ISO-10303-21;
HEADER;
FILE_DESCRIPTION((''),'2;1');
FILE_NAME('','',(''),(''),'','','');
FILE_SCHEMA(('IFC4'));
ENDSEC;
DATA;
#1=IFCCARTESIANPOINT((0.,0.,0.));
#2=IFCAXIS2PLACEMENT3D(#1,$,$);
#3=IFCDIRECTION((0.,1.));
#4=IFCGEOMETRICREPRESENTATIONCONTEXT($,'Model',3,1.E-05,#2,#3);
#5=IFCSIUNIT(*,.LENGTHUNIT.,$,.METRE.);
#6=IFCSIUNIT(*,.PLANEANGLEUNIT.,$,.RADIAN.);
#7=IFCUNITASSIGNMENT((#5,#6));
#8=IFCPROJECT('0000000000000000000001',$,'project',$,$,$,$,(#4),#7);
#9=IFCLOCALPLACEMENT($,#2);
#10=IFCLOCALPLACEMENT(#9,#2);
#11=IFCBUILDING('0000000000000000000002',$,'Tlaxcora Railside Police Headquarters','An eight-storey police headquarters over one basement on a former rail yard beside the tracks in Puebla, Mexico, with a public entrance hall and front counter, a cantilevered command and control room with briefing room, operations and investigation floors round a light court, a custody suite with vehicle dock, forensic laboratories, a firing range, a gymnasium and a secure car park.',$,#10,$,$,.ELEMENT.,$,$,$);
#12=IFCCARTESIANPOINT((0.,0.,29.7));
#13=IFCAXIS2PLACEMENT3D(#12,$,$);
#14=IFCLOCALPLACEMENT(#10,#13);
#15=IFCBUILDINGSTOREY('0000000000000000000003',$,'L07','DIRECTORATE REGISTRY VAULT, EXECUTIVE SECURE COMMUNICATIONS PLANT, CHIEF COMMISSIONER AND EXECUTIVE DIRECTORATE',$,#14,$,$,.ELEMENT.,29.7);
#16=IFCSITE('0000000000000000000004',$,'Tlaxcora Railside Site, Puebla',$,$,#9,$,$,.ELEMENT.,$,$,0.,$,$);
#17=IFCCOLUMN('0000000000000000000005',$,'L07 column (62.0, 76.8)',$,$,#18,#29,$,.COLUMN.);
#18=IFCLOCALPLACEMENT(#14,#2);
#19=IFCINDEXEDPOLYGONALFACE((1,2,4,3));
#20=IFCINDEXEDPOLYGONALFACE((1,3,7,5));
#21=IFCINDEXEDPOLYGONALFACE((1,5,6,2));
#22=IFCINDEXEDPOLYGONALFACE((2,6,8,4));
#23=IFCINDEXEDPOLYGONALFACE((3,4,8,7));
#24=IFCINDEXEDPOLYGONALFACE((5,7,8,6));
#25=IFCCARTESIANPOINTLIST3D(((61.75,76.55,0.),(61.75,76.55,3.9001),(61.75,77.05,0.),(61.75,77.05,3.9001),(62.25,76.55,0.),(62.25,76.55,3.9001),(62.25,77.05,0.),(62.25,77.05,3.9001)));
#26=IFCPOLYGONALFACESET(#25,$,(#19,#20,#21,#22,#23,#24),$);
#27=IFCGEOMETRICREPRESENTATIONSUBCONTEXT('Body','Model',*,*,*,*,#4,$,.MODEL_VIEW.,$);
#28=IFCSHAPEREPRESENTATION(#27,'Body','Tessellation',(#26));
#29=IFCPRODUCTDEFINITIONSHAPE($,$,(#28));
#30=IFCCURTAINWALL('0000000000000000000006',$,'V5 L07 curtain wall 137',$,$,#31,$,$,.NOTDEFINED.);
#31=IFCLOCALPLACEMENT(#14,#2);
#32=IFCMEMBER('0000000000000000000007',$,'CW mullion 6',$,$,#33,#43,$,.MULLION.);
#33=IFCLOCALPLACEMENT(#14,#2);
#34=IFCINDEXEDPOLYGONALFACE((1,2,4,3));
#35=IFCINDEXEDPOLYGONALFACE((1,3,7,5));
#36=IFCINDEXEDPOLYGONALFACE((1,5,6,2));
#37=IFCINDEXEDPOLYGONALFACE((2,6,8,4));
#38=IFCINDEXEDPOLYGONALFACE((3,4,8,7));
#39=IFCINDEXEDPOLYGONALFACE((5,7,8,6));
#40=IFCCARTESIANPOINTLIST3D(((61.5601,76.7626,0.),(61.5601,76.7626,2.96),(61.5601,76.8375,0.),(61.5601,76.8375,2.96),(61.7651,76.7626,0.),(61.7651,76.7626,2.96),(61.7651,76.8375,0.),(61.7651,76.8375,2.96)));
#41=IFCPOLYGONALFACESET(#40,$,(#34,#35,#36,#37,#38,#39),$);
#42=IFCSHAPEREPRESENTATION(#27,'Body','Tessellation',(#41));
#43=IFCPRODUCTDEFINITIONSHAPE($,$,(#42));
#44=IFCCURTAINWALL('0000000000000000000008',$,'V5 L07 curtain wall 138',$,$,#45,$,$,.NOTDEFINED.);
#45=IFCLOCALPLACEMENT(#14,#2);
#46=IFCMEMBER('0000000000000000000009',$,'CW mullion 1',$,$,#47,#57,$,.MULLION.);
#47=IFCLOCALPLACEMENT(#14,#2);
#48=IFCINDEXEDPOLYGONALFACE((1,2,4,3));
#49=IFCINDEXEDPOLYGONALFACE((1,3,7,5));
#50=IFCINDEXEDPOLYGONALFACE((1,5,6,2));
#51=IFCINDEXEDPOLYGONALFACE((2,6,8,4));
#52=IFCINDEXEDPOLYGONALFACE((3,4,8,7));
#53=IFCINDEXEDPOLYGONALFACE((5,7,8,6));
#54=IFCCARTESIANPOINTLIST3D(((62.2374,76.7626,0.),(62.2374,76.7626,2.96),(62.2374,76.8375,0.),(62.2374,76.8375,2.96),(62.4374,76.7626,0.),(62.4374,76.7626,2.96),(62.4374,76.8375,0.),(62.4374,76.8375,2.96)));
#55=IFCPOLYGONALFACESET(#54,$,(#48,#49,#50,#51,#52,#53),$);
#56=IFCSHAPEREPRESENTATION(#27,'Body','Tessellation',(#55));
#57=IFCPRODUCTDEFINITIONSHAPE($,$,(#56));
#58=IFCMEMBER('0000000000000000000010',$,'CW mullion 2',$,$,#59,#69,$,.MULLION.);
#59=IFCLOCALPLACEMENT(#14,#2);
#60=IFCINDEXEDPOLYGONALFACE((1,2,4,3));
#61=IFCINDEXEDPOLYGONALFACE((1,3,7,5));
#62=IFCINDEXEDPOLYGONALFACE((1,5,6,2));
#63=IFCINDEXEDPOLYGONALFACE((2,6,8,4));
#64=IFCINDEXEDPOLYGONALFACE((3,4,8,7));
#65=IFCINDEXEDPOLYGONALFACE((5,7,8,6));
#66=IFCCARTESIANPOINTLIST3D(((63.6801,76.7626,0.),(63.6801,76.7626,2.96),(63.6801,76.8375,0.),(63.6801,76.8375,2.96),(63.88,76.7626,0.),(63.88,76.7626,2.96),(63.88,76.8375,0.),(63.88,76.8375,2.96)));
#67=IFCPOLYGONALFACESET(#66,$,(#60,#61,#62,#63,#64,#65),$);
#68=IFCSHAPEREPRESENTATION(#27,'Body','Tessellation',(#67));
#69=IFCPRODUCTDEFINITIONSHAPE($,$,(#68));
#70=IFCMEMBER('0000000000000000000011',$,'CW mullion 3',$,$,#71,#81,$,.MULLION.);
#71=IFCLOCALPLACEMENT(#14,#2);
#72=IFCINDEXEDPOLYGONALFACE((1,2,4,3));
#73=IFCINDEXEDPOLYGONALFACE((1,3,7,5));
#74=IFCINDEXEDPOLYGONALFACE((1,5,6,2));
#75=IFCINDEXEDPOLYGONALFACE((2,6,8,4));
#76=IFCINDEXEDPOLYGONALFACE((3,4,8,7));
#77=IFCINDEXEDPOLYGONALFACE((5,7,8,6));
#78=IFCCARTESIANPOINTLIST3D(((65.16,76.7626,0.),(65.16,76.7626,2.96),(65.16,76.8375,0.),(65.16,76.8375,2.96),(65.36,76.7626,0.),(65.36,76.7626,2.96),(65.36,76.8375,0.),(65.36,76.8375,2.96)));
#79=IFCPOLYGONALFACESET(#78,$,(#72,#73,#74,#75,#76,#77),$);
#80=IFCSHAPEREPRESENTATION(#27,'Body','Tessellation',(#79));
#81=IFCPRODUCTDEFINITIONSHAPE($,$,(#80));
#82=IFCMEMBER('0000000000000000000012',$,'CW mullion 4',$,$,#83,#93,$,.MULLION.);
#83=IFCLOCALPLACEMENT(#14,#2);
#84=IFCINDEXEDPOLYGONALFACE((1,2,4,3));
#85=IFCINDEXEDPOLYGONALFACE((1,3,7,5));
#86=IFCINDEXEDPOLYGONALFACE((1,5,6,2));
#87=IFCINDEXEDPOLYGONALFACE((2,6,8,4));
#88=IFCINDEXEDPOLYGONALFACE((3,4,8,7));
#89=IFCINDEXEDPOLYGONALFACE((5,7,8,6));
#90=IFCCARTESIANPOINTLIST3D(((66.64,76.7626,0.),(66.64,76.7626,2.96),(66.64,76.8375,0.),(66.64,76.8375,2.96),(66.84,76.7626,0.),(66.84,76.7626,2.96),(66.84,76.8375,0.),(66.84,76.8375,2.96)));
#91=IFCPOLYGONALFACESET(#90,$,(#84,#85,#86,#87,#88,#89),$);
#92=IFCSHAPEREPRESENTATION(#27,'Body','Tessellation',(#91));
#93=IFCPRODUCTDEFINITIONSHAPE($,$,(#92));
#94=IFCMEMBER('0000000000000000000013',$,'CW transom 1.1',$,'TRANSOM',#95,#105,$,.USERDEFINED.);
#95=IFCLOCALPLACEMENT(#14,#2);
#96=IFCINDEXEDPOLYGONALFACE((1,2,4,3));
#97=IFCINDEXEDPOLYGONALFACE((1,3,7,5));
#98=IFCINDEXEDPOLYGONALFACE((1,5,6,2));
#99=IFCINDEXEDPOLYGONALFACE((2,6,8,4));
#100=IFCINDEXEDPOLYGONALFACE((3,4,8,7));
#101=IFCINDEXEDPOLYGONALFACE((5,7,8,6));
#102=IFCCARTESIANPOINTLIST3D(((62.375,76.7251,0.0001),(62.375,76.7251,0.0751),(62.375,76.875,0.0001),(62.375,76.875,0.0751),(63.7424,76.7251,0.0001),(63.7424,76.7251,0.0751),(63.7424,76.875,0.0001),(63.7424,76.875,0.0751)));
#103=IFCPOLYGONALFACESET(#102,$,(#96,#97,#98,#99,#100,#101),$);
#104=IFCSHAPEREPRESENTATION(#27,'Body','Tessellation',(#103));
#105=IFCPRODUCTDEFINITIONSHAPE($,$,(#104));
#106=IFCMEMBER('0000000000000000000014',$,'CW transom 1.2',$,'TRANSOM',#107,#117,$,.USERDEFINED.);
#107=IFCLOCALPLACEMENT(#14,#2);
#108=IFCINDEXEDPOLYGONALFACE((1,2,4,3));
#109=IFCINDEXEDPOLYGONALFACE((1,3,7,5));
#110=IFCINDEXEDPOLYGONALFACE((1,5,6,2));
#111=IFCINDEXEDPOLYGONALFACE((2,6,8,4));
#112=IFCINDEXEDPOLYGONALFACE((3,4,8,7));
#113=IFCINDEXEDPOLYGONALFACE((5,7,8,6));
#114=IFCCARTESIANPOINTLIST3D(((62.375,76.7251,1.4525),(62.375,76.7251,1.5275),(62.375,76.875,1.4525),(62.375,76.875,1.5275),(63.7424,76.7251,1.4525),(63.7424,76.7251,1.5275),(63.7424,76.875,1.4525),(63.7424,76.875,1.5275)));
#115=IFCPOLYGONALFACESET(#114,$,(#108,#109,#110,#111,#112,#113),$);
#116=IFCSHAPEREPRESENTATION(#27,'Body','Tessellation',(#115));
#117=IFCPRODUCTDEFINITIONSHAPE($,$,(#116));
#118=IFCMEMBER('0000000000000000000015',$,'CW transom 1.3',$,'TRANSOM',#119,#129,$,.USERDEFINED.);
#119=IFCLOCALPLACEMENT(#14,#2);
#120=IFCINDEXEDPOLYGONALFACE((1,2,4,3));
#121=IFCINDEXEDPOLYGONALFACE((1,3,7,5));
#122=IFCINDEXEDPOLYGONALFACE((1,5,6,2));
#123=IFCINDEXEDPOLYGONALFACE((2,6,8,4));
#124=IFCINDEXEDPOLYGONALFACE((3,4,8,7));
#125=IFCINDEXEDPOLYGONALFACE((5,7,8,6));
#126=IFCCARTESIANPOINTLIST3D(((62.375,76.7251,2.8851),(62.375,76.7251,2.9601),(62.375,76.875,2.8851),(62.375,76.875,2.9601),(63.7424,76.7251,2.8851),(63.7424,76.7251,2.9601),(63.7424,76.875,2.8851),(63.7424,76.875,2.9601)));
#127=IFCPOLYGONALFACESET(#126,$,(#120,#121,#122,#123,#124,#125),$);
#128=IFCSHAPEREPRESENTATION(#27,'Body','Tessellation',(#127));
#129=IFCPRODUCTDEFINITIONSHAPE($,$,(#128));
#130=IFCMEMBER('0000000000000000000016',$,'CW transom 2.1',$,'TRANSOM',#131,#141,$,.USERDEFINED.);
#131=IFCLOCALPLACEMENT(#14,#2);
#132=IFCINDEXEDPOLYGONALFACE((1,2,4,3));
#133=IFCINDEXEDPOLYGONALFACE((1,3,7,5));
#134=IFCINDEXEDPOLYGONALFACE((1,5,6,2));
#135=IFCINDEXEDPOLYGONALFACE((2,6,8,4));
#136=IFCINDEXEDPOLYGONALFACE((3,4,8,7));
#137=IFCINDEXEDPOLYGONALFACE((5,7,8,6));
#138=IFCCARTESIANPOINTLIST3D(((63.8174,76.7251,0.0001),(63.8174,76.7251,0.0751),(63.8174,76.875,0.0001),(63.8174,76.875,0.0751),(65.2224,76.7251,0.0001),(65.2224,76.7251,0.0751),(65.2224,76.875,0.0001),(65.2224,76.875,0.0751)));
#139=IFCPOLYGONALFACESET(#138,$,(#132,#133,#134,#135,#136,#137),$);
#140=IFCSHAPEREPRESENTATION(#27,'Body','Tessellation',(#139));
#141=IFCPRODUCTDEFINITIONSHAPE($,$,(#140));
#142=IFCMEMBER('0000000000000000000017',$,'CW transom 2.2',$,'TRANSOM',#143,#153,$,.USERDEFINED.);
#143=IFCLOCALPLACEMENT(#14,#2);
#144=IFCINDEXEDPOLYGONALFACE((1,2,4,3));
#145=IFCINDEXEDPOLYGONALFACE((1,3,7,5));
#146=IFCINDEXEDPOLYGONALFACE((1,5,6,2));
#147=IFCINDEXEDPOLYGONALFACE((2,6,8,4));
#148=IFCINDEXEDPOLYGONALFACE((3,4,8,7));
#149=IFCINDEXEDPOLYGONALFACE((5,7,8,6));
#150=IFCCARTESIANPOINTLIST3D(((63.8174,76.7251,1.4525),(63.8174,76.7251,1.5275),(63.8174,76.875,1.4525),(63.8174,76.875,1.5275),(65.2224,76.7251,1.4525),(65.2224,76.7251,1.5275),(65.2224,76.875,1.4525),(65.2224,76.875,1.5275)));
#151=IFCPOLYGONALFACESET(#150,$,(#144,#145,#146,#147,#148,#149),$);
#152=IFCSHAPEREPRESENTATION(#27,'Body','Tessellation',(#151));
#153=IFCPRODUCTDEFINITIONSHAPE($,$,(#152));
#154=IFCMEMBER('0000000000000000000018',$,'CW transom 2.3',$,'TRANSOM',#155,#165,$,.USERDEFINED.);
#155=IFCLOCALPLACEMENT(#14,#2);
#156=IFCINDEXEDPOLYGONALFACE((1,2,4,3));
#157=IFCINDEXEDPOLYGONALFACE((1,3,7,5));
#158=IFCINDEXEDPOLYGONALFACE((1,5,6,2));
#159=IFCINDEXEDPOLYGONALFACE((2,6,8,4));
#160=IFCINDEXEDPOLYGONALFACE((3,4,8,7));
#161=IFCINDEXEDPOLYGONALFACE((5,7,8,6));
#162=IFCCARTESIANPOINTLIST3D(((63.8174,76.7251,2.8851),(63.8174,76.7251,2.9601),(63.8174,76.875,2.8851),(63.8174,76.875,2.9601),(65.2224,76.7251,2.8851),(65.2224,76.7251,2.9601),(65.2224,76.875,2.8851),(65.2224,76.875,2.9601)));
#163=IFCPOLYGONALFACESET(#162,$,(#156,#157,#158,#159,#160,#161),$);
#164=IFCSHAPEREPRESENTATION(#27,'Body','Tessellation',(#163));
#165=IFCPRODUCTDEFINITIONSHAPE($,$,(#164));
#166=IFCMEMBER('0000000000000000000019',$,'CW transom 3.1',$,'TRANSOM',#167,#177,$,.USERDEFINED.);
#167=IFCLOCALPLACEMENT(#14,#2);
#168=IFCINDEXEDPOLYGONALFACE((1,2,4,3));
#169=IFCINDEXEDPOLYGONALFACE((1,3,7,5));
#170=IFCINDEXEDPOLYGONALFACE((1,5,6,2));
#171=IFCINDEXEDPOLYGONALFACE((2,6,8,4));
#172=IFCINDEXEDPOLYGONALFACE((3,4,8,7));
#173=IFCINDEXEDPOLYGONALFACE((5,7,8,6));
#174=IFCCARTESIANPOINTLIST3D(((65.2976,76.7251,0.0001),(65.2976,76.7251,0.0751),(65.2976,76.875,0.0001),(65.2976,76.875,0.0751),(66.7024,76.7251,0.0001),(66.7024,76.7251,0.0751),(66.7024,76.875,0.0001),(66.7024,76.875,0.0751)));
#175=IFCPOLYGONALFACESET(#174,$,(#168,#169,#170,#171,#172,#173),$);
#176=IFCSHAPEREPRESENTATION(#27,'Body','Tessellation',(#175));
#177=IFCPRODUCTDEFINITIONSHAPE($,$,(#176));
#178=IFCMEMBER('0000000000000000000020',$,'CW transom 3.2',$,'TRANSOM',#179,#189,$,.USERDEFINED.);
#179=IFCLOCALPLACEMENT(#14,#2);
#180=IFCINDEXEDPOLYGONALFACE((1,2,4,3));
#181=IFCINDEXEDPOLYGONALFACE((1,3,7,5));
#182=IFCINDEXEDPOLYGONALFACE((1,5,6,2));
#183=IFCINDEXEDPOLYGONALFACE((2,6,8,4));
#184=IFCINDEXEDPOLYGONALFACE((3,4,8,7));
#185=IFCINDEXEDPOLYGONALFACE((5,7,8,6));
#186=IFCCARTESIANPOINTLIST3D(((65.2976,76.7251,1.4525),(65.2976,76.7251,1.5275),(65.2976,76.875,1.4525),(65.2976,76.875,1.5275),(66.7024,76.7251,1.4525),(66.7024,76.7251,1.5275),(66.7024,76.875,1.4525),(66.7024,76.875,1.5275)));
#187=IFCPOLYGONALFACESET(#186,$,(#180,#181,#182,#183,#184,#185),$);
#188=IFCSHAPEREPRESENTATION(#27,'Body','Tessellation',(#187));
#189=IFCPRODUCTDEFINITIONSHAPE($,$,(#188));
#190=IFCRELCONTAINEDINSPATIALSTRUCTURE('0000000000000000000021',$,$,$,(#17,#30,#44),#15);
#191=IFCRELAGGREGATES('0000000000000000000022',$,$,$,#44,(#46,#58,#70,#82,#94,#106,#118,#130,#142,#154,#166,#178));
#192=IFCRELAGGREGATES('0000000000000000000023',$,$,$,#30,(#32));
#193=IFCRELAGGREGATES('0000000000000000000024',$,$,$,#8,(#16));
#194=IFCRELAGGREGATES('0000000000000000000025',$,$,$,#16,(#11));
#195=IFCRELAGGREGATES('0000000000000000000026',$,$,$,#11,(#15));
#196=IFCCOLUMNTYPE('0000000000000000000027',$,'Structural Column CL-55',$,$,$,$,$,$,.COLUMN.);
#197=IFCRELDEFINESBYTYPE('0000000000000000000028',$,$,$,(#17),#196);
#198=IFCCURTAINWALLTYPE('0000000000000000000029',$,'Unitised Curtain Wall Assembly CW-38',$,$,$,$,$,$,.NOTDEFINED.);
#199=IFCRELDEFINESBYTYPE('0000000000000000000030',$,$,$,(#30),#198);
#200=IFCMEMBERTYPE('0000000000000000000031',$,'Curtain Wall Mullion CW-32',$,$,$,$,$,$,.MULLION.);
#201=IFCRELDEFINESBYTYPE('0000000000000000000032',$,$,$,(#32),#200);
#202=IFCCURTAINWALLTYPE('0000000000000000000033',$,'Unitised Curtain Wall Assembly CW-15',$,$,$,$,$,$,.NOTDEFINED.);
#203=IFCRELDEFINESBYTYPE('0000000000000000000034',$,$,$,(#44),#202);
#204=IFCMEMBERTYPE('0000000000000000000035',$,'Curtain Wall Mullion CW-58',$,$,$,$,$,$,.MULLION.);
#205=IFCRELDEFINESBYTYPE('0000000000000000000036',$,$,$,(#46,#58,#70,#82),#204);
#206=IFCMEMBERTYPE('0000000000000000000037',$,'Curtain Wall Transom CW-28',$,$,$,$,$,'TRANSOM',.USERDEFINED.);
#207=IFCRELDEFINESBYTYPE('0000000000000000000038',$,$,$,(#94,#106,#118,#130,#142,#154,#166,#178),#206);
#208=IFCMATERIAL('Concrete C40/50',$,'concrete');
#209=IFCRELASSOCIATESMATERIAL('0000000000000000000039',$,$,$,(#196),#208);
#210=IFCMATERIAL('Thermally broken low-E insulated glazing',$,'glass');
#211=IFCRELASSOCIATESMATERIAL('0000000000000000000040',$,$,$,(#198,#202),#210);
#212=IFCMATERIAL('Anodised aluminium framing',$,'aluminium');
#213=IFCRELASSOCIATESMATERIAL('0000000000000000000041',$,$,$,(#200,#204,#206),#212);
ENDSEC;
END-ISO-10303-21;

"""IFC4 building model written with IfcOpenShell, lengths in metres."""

from ifc_helpers import new_model, si_unit, direction, frame, origin, origin_2d, place, context, subcontext, project, spatial, rectangle, extrude, material, material_profile, profile_set, type_object, element, aggregate, save


model = new_model("IFC4")

# Units and contexts
model_context = context("Model", 3, precision=1e-05, world=origin(), true_north=direction((0.0, 1.0)))
body_context = subcontext(model_context, "Body", "Model", "MODEL_VIEW")
ifc_project = project(units=[si_unit("LENGTHUNIT", "METRE"), si_unit("PLANEANGLEUNIT", "RADIAN")], contexts=[model_context])

# Site, building, storey
site_placement = place(None, origin())
site = spatial("IfcSite", under=ifc_project, at=site_placement, Name="Tlaxcora Railside Site, Puebla", CompositionType="ELEMENT", RefElevation=0.0)
building_placement = place(site_placement, origin())
building = spatial("IfcBuilding", under=site, at=building_placement, Name="Tlaxcora Railside Police Headquarters", Description="An eight-storey police headquarters over one basement on a former rail yard beside the tracks in Puebla, Mexico, with a public entrance hall and front counter, a cantilevered command and control room with briefing room, operations and investigation floors round a light court, a custody suite with vehicle dock, forensic laboratories, a firing range, a gymnasium and a secure car park.", CompositionType="ELEMENT")
storey_placement = place(building_placement, frame((0.0, 0.0, 29.7)))
storey = spatial("IfcBuildingStorey", under=building, at=storey_placement, Name="L07", Description="DIRECTORATE REGISTRY VAULT, EXECUTIVE SECURE COMMUNICATIONS PLANT, CHIEF COMMISSIONER AND EXECUTIVE DIRECTORATE", CompositionType="ELEMENT", Elevation=29.7)

# Column
ifc_material_1 = material(Name="Concrete C40/50", Category="concrete")
ifc_material_profile_1 = material_profile(ifc_material_1, rectangle(XDim=0.5, YDim=0.5, at=origin_2d()), Name="RC500X500")
ifc_profile_set_1 = profile_set([ifc_material_profile_1], Name="Concrete C40/50")
column_type = type_object("IfcColumnType", Name="Structural Column CL-55", PredefinedType="COLUMN", material=ifc_profile_set_1)
column_placement = place(storey_placement, frame((62.0, 76.8, 0.0), z_axis=(0.0, 0.0, 1.0), x_axis=(1.0, 0.0, 0.0)))
element("IfcColumn", 1, at=column_placement, inside=storey, type_object=column_type, Name="L07 column (62.0, 76.8)", PredefinedType="COLUMN", context=body_context, shape_type="SweptSolid", body=[
    extrude(rectangle(XDim=0.5, YDim=0.5, at=origin_2d()), origin(), (0.0, 0.0, 1.0), 3.9001),
])

# Curtain wall, member
ifc_material_2 = material(Name="Thermally broken low-E insulated glazing", Category="glass")
curtain_wall_type_1 = type_object("IfcCurtainWallType", Name="Unitised Curtain Wall Assembly CW-38", PredefinedType="NOTDEFINED", material=ifc_material_2)
curtain_wall_1_placement = place(storey_placement, origin())
curtain_wall_1 = element("IfcCurtainWall", 2, at=curtain_wall_1_placement, inside=storey, type_object=curtain_wall_type_1, Name="V5 L07 curtain wall 137", PredefinedType="NOTDEFINED")
ifc_material_3 = material(Name="Anodised aluminium framing", Category="aluminium")
ifc_material_profile_2 = material_profile(ifc_material_3, rectangle(XDim=0.075, YDim=0.2051, at=origin_2d()), Name="AL75X205")
ifc_profile_set_2 = profile_set([ifc_material_profile_2], Name="Anodised aluminium framing")
member_type_1 = type_object("IfcMemberType", Name="Curtain Wall Mullion CW-32", PredefinedType="MULLION", material=ifc_profile_set_2)
member_1_placement = place(storey_placement, frame((61.6626, 76.8, 0.0), z_axis=(0.0, 0.0, 1.0), x_axis=(0.0, 1.0, 0.0)))
member_1 = element("IfcMember", 3, at=member_1_placement, type_object=member_type_1, Name="CW mullion 6", PredefinedType="MULLION", context=body_context, shape_type="SweptSolid", body=[
    extrude(rectangle(XDim=0.075, YDim=0.2051, at=origin_2d()), origin(), (0.0, 0.0, 1.0), 2.96),
])

# Curtain wall, members
curtain_wall_type_2 = type_object("IfcCurtainWallType", Name="Unitised Curtain Wall Assembly CW-15", PredefinedType="NOTDEFINED", material=ifc_material_2)
curtain_wall_2_placement = place(storey_placement, origin())
curtain_wall_2 = element("IfcCurtainWall", 4, at=curtain_wall_2_placement, inside=storey, type_object=curtain_wall_type_2, Name="V5 L07 curtain wall 138", PredefinedType="NOTDEFINED")
ifc_material_profile_3 = material_profile(ifc_material_3, rectangle(XDim=0.075, YDim=0.2, at=origin_2d()), Name="AL75X200")
ifc_profile_set_3 = profile_set([ifc_material_profile_3], Name="Anodised aluminium framing")
member_type_2 = type_object("IfcMemberType", Name="Curtain Wall Mullion CW-58", PredefinedType="MULLION", material=ifc_profile_set_3)
member_2_placement = place(storey_placement, frame((62.3374, 76.8, 0.0), z_axis=(0.0, 0.0, 1.0), x_axis=(0.0, 1.0, 0.0)))
member_2 = element("IfcMember", 5, at=member_2_placement, type_object=member_type_2, Name="CW mullion 1", PredefinedType="MULLION", context=body_context, shape_type="SweptSolid", body=[
    extrude(rectangle(XDim=0.075, YDim=0.2, at=origin_2d()), origin(), (0.0, 0.0, 1.0), 2.96),
])
member_3_placement = place(storey_placement, frame((63.78, 76.8, 0.0), z_axis=(0.0, 0.0, 1.0), x_axis=(0.0, 1.0, 0.0)))
member_3 = element("IfcMember", 6, at=member_3_placement, type_object=member_type_2, Name="CW mullion 2", PredefinedType="MULLION", context=body_context, shape_type="SweptSolid", body=[
    extrude(rectangle(XDim=0.075, YDim=0.2, at=origin_2d()), origin(), (0.0, 0.0, 1.0), 2.96),
])
member_4_placement = place(storey_placement, frame((65.26, 76.8, 0.0), z_axis=(0.0, 0.0, 1.0), x_axis=(0.0, 1.0, 0.0)))
member_4 = element("IfcMember", 7, at=member_4_placement, type_object=member_type_2, Name="CW mullion 3", PredefinedType="MULLION", context=body_context, shape_type="SweptSolid", body=[
    extrude(rectangle(XDim=0.075, YDim=0.2, at=origin_2d()), origin(), (0.0, 0.0, 1.0), 2.96),
])
member_5_placement = place(storey_placement, frame((66.74, 76.8, 0.0), z_axis=(0.0, 0.0, 1.0), x_axis=(0.0, 1.0, 0.0)))
member_5 = element("IfcMember", 8, at=member_5_placement, type_object=member_type_2, Name="CW mullion 4", PredefinedType="MULLION", context=body_context, shape_type="SweptSolid", body=[
    extrude(rectangle(XDim=0.075, YDim=0.2, at=origin_2d()), origin(), (0.0, 0.0, 1.0), 2.96),
])
ifc_material_profile_4 = material_profile(ifc_material_3, rectangle(XDim=0.1499, YDim=0.075, at=origin_2d()), Name="AL75X150")
ifc_profile_set_4 = profile_set([ifc_material_profile_4], Name="Anodised aluminium framing")
member_type_3 = type_object("IfcMemberType", Name="Curtain Wall Transom CW-28", ElementType="TRANSOM", PredefinedType="USERDEFINED", material=ifc_profile_set_4)
member_6_placement = place(storey_placement, frame((62.375, 76.8, 0.0376), z_axis=(1.0, 0.0, 0.0), x_axis=(0.0, 1.0, 0.0)))
member_6 = element("IfcMember", 9, at=member_6_placement, type_object=member_type_3, Name="CW transom 1.1", ObjectType="TRANSOM", PredefinedType="USERDEFINED", context=body_context, shape_type="SweptSolid", body=[
    extrude(rectangle(XDim=0.1499, YDim=0.075, at=origin_2d()), origin(), (0.0, 0.0, 1.0), 1.3674),
])
member_7_placement = place(storey_placement, frame((62.375, 76.8, 1.49), z_axis=(1.0, 0.0, 0.0), x_axis=(0.0, 1.0, 0.0)))
member_7 = element("IfcMember", 10, at=member_7_placement, type_object=member_type_3, Name="CW transom 1.2", ObjectType="TRANSOM", PredefinedType="USERDEFINED", context=body_context, shape_type="SweptSolid", body=[
    extrude(rectangle(XDim=0.1499, YDim=0.075, at=origin_2d()), origin(), (0.0, 0.0, 1.0), 1.3674),
])
member_8_placement = place(storey_placement, frame((62.375, 76.8, 2.9226), z_axis=(1.0, 0.0, 0.0), x_axis=(0.0, 1.0, 0.0)))
member_8 = element("IfcMember", 11, at=member_8_placement, type_object=member_type_3, Name="CW transom 1.3", ObjectType="TRANSOM", PredefinedType="USERDEFINED", context=body_context, shape_type="SweptSolid", body=[
    extrude(rectangle(XDim=0.1499, YDim=0.075, at=origin_2d()), origin(), (0.0, 0.0, 1.0), 1.3674),
])
member_9_placement = place(storey_placement, frame((63.8174, 76.8, 0.0376), z_axis=(1.0, 0.0, 0.0), x_axis=(0.0, 1.0, 0.0)))
member_9 = element("IfcMember", 12, at=member_9_placement, type_object=member_type_3, Name="CW transom 2.1", ObjectType="TRANSOM", PredefinedType="USERDEFINED", context=body_context, shape_type="SweptSolid", body=[
    extrude(rectangle(XDim=0.1499, YDim=0.075, at=origin_2d()), origin(), (0.0, 0.0, 1.0), 1.405),
])
member_10_placement = place(storey_placement, frame((63.8174, 76.8, 1.49), z_axis=(1.0, 0.0, 0.0), x_axis=(0.0, 1.0, 0.0)))
member_10 = element("IfcMember", 13, at=member_10_placement, type_object=member_type_3, Name="CW transom 2.2", ObjectType="TRANSOM", PredefinedType="USERDEFINED", context=body_context, shape_type="SweptSolid", body=[
    extrude(rectangle(XDim=0.1499, YDim=0.075, at=origin_2d()), origin(), (0.0, 0.0, 1.0), 1.405),
])
member_11_placement = place(storey_placement, frame((63.8174, 76.8, 2.9226), z_axis=(1.0, 0.0, 0.0), x_axis=(0.0, 1.0, 0.0)))
member_11 = element("IfcMember", 14, at=member_11_placement, type_object=member_type_3, Name="CW transom 2.3", ObjectType="TRANSOM", PredefinedType="USERDEFINED", context=body_context, shape_type="SweptSolid", body=[
    extrude(rectangle(XDim=0.1499, YDim=0.075, at=origin_2d()), origin(), (0.0, 0.0, 1.0), 1.405),
])
member_12_placement = place(storey_placement, frame((65.2976, 76.8, 0.0376), z_axis=(1.0, 0.0, 0.0), x_axis=(0.0, 1.0, 0.0)))
member_12 = element("IfcMember", 15, at=member_12_placement, type_object=member_type_3, Name="CW transom 3.1", ObjectType="TRANSOM", PredefinedType="USERDEFINED", context=body_context, shape_type="SweptSolid", body=[
    extrude(rectangle(XDim=0.1499, YDim=0.075, at=origin_2d()), origin(), (0.0, 0.0, 1.0), 1.4048),
])
member_13_placement = place(storey_placement, frame((65.2976, 76.8, 1.49), z_axis=(1.0, 0.0, 0.0), x_axis=(0.0, 1.0, 0.0)))
member_13 = element("IfcMember", 16, at=member_13_placement, type_object=member_type_3, Name="CW transom 3.2", ObjectType="TRANSOM", PredefinedType="USERDEFINED", context=body_context, shape_type="SweptSolid", body=[
    extrude(rectangle(XDim=0.1499, YDim=0.075, at=origin_2d()), origin(), (0.0, 0.0, 1.0), 1.4048),
])

aggregate(curtain_wall_2, [member_2, member_3, member_4, member_5, member_6, member_7, member_8, member_9, member_10, member_11, member_12, member_13])
aggregate(curtain_wall_1, [member_1])

save(model, "model.ifc")
